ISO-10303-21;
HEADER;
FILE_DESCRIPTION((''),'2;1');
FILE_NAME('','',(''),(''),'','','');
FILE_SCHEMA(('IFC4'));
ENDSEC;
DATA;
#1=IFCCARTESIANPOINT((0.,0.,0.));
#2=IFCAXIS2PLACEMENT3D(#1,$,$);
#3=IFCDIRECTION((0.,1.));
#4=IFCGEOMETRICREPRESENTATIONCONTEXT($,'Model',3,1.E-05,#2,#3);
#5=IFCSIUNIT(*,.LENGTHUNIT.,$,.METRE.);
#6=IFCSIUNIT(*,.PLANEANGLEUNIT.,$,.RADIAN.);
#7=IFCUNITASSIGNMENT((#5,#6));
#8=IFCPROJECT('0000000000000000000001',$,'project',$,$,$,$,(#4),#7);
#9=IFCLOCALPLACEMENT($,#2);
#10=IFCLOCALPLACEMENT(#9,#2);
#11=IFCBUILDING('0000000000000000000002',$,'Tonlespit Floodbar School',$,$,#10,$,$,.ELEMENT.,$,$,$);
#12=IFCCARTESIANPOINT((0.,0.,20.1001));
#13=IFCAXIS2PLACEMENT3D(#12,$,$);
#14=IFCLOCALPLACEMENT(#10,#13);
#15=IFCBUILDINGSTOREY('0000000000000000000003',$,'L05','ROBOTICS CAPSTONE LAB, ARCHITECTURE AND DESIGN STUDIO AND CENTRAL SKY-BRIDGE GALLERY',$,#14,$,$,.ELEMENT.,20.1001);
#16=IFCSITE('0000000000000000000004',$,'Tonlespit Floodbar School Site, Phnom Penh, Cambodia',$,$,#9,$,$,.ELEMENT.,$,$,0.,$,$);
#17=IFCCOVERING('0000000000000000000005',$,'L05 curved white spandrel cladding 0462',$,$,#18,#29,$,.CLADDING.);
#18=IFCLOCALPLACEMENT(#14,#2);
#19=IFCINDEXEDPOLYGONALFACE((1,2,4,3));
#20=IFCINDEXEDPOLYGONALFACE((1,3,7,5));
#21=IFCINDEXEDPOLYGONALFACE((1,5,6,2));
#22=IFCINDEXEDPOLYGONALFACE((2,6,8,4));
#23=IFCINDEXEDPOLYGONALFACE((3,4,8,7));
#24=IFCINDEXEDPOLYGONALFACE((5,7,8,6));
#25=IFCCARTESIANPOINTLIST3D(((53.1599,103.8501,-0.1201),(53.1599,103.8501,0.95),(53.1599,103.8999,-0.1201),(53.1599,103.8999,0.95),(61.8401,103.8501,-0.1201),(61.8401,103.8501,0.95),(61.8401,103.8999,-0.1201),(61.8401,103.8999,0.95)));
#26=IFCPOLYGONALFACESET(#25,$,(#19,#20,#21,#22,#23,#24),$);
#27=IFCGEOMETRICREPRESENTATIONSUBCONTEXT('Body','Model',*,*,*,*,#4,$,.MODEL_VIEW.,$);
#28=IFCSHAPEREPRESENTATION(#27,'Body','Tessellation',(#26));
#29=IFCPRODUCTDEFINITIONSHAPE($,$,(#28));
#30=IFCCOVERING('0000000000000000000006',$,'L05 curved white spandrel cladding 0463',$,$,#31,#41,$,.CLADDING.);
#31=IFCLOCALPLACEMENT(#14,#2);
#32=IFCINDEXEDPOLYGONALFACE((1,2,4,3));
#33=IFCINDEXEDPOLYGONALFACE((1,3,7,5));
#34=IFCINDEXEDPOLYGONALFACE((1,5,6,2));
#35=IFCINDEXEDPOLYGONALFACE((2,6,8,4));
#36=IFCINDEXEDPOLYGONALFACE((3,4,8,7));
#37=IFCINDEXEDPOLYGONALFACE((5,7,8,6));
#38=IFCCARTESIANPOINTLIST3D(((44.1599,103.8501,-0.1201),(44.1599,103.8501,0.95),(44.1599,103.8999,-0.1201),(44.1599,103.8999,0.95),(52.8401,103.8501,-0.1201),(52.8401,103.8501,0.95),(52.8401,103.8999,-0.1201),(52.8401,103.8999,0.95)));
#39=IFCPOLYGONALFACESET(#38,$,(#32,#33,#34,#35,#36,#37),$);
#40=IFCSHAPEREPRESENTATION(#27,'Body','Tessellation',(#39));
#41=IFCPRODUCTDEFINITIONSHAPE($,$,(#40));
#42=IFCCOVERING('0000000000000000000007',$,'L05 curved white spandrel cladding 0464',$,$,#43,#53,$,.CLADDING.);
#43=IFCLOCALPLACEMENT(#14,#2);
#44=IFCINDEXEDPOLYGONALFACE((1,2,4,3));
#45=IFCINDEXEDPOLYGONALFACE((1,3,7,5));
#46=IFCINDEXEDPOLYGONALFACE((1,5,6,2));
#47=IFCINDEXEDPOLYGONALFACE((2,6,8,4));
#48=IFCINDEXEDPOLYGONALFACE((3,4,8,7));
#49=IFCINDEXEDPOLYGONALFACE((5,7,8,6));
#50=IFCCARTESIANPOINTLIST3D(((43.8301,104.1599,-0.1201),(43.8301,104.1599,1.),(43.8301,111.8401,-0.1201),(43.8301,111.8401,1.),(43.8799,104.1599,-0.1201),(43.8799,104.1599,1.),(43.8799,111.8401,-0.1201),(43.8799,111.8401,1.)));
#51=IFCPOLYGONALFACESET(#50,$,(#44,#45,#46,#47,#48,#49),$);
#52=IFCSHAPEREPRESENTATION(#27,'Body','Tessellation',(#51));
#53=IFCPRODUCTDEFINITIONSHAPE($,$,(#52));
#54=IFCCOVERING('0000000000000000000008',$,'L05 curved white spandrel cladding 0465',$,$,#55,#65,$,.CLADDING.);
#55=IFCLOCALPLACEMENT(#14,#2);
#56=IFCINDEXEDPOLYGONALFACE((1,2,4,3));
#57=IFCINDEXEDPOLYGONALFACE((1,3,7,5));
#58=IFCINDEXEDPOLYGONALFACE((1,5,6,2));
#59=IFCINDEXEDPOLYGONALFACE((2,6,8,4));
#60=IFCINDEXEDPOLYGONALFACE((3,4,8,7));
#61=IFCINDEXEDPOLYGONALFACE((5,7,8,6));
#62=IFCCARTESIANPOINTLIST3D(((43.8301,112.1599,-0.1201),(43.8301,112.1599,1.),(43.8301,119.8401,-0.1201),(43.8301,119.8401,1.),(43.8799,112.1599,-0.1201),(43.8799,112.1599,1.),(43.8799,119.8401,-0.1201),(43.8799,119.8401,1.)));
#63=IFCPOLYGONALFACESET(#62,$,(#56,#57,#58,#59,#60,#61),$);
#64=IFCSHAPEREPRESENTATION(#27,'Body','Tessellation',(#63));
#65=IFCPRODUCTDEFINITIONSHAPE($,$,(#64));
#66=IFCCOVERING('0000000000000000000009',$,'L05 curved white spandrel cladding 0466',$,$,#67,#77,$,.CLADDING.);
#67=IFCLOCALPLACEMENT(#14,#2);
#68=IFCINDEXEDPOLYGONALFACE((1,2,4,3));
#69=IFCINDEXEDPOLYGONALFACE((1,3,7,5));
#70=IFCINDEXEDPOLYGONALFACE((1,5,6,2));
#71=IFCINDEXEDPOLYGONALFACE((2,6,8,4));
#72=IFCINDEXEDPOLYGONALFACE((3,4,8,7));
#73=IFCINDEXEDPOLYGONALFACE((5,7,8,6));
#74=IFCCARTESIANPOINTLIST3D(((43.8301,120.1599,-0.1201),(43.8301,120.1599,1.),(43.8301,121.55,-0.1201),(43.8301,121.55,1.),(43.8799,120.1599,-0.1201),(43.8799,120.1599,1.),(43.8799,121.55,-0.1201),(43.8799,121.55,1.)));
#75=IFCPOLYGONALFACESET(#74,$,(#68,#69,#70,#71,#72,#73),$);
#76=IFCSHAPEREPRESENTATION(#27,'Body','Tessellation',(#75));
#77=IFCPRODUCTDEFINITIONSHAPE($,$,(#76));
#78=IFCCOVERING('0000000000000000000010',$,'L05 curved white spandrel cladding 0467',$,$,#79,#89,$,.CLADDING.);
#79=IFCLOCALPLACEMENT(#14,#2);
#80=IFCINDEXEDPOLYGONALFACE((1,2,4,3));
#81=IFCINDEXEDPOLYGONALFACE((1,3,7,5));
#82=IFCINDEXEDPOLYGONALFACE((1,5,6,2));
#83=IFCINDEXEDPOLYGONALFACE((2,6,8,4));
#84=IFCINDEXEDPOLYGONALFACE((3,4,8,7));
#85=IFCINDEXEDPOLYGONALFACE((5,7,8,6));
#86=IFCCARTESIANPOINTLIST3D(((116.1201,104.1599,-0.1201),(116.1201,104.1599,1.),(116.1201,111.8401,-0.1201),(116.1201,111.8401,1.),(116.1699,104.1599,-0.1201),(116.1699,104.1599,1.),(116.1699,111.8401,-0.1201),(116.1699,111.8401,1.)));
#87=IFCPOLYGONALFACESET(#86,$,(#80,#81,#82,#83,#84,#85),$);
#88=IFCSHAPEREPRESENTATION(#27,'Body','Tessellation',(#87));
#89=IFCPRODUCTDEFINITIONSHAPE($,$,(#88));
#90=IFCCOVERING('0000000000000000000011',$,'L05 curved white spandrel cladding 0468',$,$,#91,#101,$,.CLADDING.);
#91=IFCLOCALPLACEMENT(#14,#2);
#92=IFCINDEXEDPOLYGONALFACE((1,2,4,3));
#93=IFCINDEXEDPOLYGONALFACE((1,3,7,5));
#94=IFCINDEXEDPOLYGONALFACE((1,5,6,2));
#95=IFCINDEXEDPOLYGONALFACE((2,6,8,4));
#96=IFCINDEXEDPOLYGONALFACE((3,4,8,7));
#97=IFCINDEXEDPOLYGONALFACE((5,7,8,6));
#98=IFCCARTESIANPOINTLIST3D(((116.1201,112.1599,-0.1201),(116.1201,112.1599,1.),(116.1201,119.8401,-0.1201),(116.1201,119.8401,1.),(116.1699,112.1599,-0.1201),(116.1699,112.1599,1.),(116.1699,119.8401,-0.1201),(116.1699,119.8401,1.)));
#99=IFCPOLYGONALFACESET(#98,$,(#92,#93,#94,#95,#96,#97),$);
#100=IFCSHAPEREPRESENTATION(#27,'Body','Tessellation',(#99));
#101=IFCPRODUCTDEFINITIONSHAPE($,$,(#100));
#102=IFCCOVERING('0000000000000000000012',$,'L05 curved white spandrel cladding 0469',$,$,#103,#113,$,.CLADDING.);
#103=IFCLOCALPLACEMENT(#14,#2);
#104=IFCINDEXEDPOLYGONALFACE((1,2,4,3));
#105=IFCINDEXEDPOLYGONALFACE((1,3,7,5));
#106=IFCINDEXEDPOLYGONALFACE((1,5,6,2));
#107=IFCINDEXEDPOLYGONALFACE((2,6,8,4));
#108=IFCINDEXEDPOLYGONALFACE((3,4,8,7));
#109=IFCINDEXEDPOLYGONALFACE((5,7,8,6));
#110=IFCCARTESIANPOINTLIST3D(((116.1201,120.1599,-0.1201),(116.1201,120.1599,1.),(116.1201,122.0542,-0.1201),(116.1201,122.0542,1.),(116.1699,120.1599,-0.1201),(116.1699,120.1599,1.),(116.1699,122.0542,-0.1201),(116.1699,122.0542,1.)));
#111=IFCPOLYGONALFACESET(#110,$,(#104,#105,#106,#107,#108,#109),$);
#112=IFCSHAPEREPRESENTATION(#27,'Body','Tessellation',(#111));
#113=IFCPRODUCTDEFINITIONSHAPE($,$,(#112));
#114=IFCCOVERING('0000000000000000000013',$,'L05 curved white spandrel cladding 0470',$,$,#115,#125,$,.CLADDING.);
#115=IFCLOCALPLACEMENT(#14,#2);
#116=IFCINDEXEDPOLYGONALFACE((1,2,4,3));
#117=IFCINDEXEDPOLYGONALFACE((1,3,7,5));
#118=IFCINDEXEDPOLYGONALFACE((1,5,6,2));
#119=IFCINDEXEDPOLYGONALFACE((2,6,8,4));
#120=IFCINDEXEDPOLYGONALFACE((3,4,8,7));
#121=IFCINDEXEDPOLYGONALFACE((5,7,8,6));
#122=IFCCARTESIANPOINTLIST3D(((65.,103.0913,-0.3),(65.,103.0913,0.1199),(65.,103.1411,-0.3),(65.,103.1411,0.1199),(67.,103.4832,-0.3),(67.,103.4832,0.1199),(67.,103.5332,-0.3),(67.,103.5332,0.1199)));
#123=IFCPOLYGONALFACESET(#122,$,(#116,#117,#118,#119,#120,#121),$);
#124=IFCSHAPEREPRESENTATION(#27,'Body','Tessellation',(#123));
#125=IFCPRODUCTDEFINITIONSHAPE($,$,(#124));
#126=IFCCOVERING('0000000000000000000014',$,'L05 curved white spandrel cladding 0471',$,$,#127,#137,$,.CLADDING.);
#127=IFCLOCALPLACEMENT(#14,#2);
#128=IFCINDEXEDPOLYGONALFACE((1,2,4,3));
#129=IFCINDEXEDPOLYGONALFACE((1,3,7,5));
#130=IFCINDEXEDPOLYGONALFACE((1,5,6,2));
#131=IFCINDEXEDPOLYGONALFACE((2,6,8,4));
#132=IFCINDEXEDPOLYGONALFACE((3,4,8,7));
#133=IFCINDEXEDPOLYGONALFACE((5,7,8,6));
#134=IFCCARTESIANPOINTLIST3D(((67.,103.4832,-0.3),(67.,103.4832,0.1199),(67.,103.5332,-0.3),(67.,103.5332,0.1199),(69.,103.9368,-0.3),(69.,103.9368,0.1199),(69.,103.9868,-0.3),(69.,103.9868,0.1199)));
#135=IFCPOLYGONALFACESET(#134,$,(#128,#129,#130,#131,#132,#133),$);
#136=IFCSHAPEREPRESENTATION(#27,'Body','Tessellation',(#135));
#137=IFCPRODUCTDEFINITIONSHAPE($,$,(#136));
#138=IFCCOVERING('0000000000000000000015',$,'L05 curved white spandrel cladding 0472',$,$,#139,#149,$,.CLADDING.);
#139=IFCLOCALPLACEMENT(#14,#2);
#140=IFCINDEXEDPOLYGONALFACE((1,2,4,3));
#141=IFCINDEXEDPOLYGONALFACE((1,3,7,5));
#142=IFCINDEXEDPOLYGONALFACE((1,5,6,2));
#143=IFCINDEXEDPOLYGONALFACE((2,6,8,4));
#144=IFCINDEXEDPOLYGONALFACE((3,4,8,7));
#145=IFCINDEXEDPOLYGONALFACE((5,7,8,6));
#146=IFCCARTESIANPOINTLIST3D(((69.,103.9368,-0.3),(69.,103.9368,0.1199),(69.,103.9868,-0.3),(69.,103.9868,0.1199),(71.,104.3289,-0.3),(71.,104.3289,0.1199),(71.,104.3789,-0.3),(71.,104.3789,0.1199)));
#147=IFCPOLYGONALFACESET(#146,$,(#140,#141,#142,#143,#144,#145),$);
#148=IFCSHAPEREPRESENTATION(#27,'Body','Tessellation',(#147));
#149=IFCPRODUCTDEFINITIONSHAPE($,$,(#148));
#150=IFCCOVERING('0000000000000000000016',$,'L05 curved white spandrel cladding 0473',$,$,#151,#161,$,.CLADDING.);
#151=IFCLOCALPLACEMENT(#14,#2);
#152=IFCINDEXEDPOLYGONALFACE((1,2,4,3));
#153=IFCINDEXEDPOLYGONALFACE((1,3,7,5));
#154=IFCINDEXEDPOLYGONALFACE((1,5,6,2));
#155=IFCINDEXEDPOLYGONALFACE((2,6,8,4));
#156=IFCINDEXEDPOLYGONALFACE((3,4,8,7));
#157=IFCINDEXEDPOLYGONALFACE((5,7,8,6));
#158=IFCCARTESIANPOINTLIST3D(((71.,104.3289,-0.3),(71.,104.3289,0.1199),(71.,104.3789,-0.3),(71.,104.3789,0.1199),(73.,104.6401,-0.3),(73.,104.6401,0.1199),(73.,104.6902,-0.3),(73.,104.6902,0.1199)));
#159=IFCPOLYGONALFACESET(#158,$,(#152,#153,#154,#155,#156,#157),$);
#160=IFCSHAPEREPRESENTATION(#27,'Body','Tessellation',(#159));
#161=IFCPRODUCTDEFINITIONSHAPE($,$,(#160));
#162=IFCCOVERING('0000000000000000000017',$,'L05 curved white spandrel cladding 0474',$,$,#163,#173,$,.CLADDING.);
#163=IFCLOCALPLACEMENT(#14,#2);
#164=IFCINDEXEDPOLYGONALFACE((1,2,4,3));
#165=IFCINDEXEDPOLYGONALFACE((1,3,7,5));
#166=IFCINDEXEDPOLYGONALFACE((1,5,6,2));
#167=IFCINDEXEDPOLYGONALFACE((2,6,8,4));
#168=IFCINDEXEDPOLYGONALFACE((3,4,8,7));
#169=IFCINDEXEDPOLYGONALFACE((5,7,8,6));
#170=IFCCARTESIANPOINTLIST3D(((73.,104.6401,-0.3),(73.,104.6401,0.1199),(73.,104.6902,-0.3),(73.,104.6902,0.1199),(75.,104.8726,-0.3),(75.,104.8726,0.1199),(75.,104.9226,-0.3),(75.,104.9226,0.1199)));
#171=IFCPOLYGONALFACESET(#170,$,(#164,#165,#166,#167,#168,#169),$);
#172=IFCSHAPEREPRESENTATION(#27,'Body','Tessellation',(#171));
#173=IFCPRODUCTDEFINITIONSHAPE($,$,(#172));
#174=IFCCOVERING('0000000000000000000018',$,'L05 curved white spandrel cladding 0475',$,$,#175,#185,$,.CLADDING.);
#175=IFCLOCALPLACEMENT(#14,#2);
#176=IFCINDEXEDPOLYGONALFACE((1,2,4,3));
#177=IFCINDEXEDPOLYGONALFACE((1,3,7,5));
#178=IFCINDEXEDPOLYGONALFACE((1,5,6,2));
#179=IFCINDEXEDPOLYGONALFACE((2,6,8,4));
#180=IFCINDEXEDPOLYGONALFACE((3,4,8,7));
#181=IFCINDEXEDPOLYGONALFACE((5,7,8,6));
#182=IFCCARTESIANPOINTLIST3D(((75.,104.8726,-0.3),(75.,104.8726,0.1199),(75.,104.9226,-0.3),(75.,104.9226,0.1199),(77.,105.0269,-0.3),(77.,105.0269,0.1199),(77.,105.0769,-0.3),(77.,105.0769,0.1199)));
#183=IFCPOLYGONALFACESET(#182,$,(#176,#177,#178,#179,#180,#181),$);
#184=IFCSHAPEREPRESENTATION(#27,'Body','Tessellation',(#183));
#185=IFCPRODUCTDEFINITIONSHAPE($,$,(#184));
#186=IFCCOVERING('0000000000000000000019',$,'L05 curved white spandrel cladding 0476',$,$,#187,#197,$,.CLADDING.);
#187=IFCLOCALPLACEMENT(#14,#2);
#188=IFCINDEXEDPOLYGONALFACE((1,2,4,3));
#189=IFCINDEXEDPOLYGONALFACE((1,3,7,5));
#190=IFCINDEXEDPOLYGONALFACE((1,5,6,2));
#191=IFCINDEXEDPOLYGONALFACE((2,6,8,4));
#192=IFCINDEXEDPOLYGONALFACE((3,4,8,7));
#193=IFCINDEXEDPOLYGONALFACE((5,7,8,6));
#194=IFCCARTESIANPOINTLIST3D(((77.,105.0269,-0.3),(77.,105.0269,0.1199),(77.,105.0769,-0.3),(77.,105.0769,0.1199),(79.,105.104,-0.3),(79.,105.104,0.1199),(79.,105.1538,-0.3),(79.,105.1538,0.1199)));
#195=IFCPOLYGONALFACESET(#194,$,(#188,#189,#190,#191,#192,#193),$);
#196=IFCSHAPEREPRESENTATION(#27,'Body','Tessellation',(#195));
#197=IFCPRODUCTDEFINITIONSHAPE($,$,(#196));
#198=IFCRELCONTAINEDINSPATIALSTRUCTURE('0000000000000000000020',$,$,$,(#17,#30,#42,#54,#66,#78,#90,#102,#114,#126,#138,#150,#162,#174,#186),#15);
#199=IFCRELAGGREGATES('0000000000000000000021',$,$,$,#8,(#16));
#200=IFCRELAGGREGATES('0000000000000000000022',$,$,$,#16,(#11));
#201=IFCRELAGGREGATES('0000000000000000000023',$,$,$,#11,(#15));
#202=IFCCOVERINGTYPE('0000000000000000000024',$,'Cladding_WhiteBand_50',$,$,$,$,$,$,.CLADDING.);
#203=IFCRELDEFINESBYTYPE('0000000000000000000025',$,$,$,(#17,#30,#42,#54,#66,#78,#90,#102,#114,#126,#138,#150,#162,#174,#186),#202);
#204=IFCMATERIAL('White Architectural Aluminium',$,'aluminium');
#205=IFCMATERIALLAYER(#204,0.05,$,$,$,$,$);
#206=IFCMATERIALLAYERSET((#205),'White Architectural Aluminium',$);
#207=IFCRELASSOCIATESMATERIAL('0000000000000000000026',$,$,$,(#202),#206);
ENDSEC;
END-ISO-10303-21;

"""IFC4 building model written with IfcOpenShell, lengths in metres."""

from ifc_helpers import new_model, si_unit, direction, frame, origin, place, context, subcontext, project, spatial, polyline, outline, extrude, material, layer, layer_set, type_object, element, save


model = new_model("IFC4")

# Units and contexts
model_context = context("Model", 3, precision=1e-05, world=origin(), true_north=direction((0.0, 1.0)))
body_context = subcontext(model_context, "Body", "Model", "MODEL_VIEW")
ifc_project = project(units=[si_unit("LENGTHUNIT", "METRE"), si_unit("PLANEANGLEUNIT", "RADIAN")], contexts=[model_context])

# Site, building, storey
site_placement = place(None, origin())
site = spatial("IfcSite", under=ifc_project, at=site_placement, Name="Tonlespit Floodbar School Site, Phnom Penh, Cambodia", CompositionType="ELEMENT", RefElevation=0.0)
building_placement = place(site_placement, origin())
building = spatial("IfcBuilding", under=site, at=building_placement, Name="Tonlespit Floodbar School", CompositionType="ELEMENT")
storey_placement = place(building_placement, frame((0.0, 0.0, 20.1001)))
storey = spatial("IfcBuildingStorey", under=building, at=storey_placement, Name="L05", Description="ROBOTICS CAPSTONE LAB, ARCHITECTURE AND DESIGN STUDIO AND CENTRAL SKY-BRIDGE GALLERY", CompositionType="ELEMENT", Elevation=20.1001)

# Coverings
ifc_material_1 = material(Name="White Architectural Aluminium", Category="aluminium")
ifc_layer_1 = layer(ifc_material_1, 0.05)
ifc_layer_set_1 = layer_set([ifc_layer_1], Name="White Architectural Aluminium")
covering_type_1 = type_object("IfcCoveringType", Name="Cladding_WhiteBand_50", PredefinedType="CLADDING", material=ifc_layer_set_1)
covering_1_placement = place(storey_placement, frame((0.0, 0.0, -0.1201)))
element("IfcCovering", 1, at=covering_1_placement, inside=storey, type_object=covering_type_1, Name="L05 curved white spandrel cladding 0462", PredefinedType="CLADDING", context=body_context, shape_type="SweptSolid", body=[
    extrude(outline(polyline([(61.8401, 103.8999), (53.1599, 103.8999), (53.1599, 103.8501), (61.8401, 103.8501), (61.8401, 103.8999)])), origin(), (0.0, 0.0, 1.0), 1.0701),
])
covering_2_placement = place(storey_placement, frame((0.0, 0.0, -0.1201)))
element("IfcCovering", 2, at=covering_2_placement, inside=storey, type_object=covering_type_1, Name="L05 curved white spandrel cladding 0463", PredefinedType="CLADDING", context=body_context, shape_type="SweptSolid", body=[
    extrude(outline(polyline([(52.8401, 103.8999), (44.1599, 103.8999), (44.1599, 103.8501), (52.8401, 103.8501), (52.8401, 103.8999)])), origin(), (0.0, 0.0, 1.0), 1.0701),
])
covering_3_placement = place(storey_placement, frame((0.0, 0.0, -0.1201)))
element("IfcCovering", 3, at=covering_3_placement, inside=storey, type_object=covering_type_1, Name="L05 curved white spandrel cladding 0464", PredefinedType="CLADDING", context=body_context, shape_type="SweptSolid", body=[
    extrude(outline(polyline([(43.8799, 104.1599), (43.8799, 111.8401), (43.8301, 111.8401), (43.8301, 104.1599), (43.8799, 104.1599)])), origin(), (0.0, 0.0, 1.0), 1.1201),
])
covering_4_placement = place(storey_placement, frame((0.0, 0.0, -0.1201)))
element("IfcCovering", 4, at=covering_4_placement, inside=storey, type_object=covering_type_1, Name="L05 curved white spandrel cladding 0465", PredefinedType="CLADDING", context=body_context, shape_type="SweptSolid", body=[
    extrude(outline(polyline([(43.8799, 112.1599), (43.8799, 119.8401), (43.8301, 119.8401), (43.8301, 112.1599), (43.8799, 112.1599)])), origin(), (0.0, 0.0, 1.0), 1.1201),
])
covering_5_placement = place(storey_placement, frame((0.0, 0.0, -0.1201)))
element("IfcCovering", 5, at=covering_5_placement, inside=storey, type_object=covering_type_1, Name="L05 curved white spandrel cladding 0466", PredefinedType="CLADDING", context=body_context, shape_type="SweptSolid", body=[
    extrude(outline(polyline([(43.8799, 120.1599), (43.8799, 121.55), (43.8301, 121.55), (43.8301, 120.1599), (43.8799, 120.1599)])), origin(), (0.0, 0.0, 1.0), 1.1201),
])
covering_6_placement = place(storey_placement, frame((0.0, 0.0, -0.1201)))
element("IfcCovering", 6, at=covering_6_placement, inside=storey, type_object=covering_type_1, Name="L05 curved white spandrel cladding 0467", PredefinedType="CLADDING", context=body_context, shape_type="SweptSolid", body=[
    extrude(outline(polyline([(116.1201, 111.8401), (116.1201, 104.1599), (116.1699, 104.1599), (116.1699, 111.8401), (116.1201, 111.8401)])), origin(), (0.0, 0.0, 1.0), 1.1201),
])
covering_7_placement = place(storey_placement, frame((0.0, 0.0, -0.1201)))
element("IfcCovering", 7, at=covering_7_placement, inside=storey, type_object=covering_type_1, Name="L05 curved white spandrel cladding 0468", PredefinedType="CLADDING", context=body_context, shape_type="SweptSolid", body=[
    extrude(outline(polyline([(116.1201, 119.8401), (116.1201, 112.1599), (116.1699, 112.1599), (116.1699, 119.8401), (116.1201, 119.8401)])), origin(), (0.0, 0.0, 1.0), 1.1201),
])
covering_8_placement = place(storey_placement, frame((0.0, 0.0, -0.1201)))
element("IfcCovering", 8, at=covering_8_placement, inside=storey, type_object=covering_type_1, Name="L05 curved white spandrel cladding 0469", PredefinedType="CLADDING", context=body_context, shape_type="SweptSolid", body=[
    extrude(outline(polyline([(116.1201, 122.0542), (116.1201, 120.1599), (116.1699, 120.1599), (116.1699, 122.0542), (116.1201, 122.0542)])), origin(), (0.0, 0.0, 1.0), 1.1201),
])
covering_9_placement = place(storey_placement, frame((0.0, 0.0, -0.3)))
element("IfcCovering", 9, at=covering_9_placement, inside=storey, type_object=covering_type_1, Name="L05 curved white spandrel cladding 0470", PredefinedType="CLADDING", context=body_context, shape_type="SweptSolid", body=[
    extrude(outline(polyline([(65.0, 103.1411), (67.0, 103.5332), (67.0, 103.4832), (65.0, 103.0913), (65.0, 103.1411)])), origin(), (0.0, 0.0, 1.0), 0.4199),
])
covering_10_placement = place(storey_placement, frame((0.0, 0.0, -0.3)))
element("IfcCovering", 10, at=covering_10_placement, inside=storey, type_object=covering_type_1, Name="L05 curved white spandrel cladding 0471", PredefinedType="CLADDING", context=body_context, shape_type="SweptSolid", body=[
    extrude(outline(polyline([(67.0, 103.5332), (69.0, 103.9868), (69.0, 103.9368), (67.0, 103.4832), (67.0, 103.5332)])), origin(), (0.0, 0.0, 1.0), 0.4199),
])
covering_11_placement = place(storey_placement, frame((0.0, 0.0, -0.3)))
element("IfcCovering", 11, at=covering_11_placement, inside=storey, type_object=covering_type_1, Name="L05 curved white spandrel cladding 0472", PredefinedType="CLADDING", context=body_context, shape_type="SweptSolid", body=[
    extrude(outline(polyline([(69.0, 103.9868), (71.0, 104.3789), (71.0, 104.3289), (69.0, 103.9368), (69.0, 103.9868)])), origin(), (0.0, 0.0, 1.0), 0.4199),
])
covering_12_placement = place(storey_placement, frame((0.0, 0.0, -0.3)))
element("IfcCovering", 12, at=covering_12_placement, inside=storey, type_object=covering_type_1, Name="L05 curved white spandrel cladding 0473", PredefinedType="CLADDING", context=body_context, shape_type="SweptSolid", body=[
    extrude(outline(polyline([(71.0, 104.3789), (73.0, 104.6902), (73.0, 104.6401), (71.0, 104.3289), (71.0, 104.3789)])), origin(), (0.0, 0.0, 1.0), 0.4199),
])
covering_13_placement = place(storey_placement, frame((0.0, 0.0, -0.3)))
element("IfcCovering", 13, at=covering_13_placement, inside=storey, type_object=covering_type_1, Name="L05 curved white spandrel cladding 0474", PredefinedType="CLADDING", context=body_context, shape_type="SweptSolid", body=[
    extrude(outline(polyline([(73.0, 104.6902), (75.0, 104.9226), (75.0, 104.8726), (73.0, 104.6401), (73.0, 104.6902)])), origin(), (0.0, 0.0, 1.0), 0.4199),
])
covering_14_placement = place(storey_placement, frame((0.0, 0.0, -0.3)))
element("IfcCovering", 14, at=covering_14_placement, inside=storey, type_object=covering_type_1, Name="L05 curved white spandrel cladding 0475", PredefinedType="CLADDING", context=body_context, shape_type="SweptSolid", body=[
    extrude(outline(polyline([(75.0, 104.9226), (77.0, 105.0769), (77.0, 105.0269), (75.0, 104.8726), (75.0, 104.9226)])), origin(), (0.0, 0.0, 1.0), 0.4199),
])
covering_15_placement = place(storey_placement, frame((0.0, 0.0, -0.3)))
element("IfcCovering", 15, at=covering_15_placement, inside=storey, type_object=covering_type_1, Name="L05 curved white spandrel cladding 0476", PredefinedType="CLADDING", context=body_context, shape_type="SweptSolid", body=[
    extrude(outline(polyline([(77.0, 105.0769), (79.0, 105.1538), (79.0, 105.104), (77.0, 105.0269), (77.0, 105.0769)])), origin(), (0.0, 0.0, 1.0), 0.4199),
])

save(model, "model.ifc")
